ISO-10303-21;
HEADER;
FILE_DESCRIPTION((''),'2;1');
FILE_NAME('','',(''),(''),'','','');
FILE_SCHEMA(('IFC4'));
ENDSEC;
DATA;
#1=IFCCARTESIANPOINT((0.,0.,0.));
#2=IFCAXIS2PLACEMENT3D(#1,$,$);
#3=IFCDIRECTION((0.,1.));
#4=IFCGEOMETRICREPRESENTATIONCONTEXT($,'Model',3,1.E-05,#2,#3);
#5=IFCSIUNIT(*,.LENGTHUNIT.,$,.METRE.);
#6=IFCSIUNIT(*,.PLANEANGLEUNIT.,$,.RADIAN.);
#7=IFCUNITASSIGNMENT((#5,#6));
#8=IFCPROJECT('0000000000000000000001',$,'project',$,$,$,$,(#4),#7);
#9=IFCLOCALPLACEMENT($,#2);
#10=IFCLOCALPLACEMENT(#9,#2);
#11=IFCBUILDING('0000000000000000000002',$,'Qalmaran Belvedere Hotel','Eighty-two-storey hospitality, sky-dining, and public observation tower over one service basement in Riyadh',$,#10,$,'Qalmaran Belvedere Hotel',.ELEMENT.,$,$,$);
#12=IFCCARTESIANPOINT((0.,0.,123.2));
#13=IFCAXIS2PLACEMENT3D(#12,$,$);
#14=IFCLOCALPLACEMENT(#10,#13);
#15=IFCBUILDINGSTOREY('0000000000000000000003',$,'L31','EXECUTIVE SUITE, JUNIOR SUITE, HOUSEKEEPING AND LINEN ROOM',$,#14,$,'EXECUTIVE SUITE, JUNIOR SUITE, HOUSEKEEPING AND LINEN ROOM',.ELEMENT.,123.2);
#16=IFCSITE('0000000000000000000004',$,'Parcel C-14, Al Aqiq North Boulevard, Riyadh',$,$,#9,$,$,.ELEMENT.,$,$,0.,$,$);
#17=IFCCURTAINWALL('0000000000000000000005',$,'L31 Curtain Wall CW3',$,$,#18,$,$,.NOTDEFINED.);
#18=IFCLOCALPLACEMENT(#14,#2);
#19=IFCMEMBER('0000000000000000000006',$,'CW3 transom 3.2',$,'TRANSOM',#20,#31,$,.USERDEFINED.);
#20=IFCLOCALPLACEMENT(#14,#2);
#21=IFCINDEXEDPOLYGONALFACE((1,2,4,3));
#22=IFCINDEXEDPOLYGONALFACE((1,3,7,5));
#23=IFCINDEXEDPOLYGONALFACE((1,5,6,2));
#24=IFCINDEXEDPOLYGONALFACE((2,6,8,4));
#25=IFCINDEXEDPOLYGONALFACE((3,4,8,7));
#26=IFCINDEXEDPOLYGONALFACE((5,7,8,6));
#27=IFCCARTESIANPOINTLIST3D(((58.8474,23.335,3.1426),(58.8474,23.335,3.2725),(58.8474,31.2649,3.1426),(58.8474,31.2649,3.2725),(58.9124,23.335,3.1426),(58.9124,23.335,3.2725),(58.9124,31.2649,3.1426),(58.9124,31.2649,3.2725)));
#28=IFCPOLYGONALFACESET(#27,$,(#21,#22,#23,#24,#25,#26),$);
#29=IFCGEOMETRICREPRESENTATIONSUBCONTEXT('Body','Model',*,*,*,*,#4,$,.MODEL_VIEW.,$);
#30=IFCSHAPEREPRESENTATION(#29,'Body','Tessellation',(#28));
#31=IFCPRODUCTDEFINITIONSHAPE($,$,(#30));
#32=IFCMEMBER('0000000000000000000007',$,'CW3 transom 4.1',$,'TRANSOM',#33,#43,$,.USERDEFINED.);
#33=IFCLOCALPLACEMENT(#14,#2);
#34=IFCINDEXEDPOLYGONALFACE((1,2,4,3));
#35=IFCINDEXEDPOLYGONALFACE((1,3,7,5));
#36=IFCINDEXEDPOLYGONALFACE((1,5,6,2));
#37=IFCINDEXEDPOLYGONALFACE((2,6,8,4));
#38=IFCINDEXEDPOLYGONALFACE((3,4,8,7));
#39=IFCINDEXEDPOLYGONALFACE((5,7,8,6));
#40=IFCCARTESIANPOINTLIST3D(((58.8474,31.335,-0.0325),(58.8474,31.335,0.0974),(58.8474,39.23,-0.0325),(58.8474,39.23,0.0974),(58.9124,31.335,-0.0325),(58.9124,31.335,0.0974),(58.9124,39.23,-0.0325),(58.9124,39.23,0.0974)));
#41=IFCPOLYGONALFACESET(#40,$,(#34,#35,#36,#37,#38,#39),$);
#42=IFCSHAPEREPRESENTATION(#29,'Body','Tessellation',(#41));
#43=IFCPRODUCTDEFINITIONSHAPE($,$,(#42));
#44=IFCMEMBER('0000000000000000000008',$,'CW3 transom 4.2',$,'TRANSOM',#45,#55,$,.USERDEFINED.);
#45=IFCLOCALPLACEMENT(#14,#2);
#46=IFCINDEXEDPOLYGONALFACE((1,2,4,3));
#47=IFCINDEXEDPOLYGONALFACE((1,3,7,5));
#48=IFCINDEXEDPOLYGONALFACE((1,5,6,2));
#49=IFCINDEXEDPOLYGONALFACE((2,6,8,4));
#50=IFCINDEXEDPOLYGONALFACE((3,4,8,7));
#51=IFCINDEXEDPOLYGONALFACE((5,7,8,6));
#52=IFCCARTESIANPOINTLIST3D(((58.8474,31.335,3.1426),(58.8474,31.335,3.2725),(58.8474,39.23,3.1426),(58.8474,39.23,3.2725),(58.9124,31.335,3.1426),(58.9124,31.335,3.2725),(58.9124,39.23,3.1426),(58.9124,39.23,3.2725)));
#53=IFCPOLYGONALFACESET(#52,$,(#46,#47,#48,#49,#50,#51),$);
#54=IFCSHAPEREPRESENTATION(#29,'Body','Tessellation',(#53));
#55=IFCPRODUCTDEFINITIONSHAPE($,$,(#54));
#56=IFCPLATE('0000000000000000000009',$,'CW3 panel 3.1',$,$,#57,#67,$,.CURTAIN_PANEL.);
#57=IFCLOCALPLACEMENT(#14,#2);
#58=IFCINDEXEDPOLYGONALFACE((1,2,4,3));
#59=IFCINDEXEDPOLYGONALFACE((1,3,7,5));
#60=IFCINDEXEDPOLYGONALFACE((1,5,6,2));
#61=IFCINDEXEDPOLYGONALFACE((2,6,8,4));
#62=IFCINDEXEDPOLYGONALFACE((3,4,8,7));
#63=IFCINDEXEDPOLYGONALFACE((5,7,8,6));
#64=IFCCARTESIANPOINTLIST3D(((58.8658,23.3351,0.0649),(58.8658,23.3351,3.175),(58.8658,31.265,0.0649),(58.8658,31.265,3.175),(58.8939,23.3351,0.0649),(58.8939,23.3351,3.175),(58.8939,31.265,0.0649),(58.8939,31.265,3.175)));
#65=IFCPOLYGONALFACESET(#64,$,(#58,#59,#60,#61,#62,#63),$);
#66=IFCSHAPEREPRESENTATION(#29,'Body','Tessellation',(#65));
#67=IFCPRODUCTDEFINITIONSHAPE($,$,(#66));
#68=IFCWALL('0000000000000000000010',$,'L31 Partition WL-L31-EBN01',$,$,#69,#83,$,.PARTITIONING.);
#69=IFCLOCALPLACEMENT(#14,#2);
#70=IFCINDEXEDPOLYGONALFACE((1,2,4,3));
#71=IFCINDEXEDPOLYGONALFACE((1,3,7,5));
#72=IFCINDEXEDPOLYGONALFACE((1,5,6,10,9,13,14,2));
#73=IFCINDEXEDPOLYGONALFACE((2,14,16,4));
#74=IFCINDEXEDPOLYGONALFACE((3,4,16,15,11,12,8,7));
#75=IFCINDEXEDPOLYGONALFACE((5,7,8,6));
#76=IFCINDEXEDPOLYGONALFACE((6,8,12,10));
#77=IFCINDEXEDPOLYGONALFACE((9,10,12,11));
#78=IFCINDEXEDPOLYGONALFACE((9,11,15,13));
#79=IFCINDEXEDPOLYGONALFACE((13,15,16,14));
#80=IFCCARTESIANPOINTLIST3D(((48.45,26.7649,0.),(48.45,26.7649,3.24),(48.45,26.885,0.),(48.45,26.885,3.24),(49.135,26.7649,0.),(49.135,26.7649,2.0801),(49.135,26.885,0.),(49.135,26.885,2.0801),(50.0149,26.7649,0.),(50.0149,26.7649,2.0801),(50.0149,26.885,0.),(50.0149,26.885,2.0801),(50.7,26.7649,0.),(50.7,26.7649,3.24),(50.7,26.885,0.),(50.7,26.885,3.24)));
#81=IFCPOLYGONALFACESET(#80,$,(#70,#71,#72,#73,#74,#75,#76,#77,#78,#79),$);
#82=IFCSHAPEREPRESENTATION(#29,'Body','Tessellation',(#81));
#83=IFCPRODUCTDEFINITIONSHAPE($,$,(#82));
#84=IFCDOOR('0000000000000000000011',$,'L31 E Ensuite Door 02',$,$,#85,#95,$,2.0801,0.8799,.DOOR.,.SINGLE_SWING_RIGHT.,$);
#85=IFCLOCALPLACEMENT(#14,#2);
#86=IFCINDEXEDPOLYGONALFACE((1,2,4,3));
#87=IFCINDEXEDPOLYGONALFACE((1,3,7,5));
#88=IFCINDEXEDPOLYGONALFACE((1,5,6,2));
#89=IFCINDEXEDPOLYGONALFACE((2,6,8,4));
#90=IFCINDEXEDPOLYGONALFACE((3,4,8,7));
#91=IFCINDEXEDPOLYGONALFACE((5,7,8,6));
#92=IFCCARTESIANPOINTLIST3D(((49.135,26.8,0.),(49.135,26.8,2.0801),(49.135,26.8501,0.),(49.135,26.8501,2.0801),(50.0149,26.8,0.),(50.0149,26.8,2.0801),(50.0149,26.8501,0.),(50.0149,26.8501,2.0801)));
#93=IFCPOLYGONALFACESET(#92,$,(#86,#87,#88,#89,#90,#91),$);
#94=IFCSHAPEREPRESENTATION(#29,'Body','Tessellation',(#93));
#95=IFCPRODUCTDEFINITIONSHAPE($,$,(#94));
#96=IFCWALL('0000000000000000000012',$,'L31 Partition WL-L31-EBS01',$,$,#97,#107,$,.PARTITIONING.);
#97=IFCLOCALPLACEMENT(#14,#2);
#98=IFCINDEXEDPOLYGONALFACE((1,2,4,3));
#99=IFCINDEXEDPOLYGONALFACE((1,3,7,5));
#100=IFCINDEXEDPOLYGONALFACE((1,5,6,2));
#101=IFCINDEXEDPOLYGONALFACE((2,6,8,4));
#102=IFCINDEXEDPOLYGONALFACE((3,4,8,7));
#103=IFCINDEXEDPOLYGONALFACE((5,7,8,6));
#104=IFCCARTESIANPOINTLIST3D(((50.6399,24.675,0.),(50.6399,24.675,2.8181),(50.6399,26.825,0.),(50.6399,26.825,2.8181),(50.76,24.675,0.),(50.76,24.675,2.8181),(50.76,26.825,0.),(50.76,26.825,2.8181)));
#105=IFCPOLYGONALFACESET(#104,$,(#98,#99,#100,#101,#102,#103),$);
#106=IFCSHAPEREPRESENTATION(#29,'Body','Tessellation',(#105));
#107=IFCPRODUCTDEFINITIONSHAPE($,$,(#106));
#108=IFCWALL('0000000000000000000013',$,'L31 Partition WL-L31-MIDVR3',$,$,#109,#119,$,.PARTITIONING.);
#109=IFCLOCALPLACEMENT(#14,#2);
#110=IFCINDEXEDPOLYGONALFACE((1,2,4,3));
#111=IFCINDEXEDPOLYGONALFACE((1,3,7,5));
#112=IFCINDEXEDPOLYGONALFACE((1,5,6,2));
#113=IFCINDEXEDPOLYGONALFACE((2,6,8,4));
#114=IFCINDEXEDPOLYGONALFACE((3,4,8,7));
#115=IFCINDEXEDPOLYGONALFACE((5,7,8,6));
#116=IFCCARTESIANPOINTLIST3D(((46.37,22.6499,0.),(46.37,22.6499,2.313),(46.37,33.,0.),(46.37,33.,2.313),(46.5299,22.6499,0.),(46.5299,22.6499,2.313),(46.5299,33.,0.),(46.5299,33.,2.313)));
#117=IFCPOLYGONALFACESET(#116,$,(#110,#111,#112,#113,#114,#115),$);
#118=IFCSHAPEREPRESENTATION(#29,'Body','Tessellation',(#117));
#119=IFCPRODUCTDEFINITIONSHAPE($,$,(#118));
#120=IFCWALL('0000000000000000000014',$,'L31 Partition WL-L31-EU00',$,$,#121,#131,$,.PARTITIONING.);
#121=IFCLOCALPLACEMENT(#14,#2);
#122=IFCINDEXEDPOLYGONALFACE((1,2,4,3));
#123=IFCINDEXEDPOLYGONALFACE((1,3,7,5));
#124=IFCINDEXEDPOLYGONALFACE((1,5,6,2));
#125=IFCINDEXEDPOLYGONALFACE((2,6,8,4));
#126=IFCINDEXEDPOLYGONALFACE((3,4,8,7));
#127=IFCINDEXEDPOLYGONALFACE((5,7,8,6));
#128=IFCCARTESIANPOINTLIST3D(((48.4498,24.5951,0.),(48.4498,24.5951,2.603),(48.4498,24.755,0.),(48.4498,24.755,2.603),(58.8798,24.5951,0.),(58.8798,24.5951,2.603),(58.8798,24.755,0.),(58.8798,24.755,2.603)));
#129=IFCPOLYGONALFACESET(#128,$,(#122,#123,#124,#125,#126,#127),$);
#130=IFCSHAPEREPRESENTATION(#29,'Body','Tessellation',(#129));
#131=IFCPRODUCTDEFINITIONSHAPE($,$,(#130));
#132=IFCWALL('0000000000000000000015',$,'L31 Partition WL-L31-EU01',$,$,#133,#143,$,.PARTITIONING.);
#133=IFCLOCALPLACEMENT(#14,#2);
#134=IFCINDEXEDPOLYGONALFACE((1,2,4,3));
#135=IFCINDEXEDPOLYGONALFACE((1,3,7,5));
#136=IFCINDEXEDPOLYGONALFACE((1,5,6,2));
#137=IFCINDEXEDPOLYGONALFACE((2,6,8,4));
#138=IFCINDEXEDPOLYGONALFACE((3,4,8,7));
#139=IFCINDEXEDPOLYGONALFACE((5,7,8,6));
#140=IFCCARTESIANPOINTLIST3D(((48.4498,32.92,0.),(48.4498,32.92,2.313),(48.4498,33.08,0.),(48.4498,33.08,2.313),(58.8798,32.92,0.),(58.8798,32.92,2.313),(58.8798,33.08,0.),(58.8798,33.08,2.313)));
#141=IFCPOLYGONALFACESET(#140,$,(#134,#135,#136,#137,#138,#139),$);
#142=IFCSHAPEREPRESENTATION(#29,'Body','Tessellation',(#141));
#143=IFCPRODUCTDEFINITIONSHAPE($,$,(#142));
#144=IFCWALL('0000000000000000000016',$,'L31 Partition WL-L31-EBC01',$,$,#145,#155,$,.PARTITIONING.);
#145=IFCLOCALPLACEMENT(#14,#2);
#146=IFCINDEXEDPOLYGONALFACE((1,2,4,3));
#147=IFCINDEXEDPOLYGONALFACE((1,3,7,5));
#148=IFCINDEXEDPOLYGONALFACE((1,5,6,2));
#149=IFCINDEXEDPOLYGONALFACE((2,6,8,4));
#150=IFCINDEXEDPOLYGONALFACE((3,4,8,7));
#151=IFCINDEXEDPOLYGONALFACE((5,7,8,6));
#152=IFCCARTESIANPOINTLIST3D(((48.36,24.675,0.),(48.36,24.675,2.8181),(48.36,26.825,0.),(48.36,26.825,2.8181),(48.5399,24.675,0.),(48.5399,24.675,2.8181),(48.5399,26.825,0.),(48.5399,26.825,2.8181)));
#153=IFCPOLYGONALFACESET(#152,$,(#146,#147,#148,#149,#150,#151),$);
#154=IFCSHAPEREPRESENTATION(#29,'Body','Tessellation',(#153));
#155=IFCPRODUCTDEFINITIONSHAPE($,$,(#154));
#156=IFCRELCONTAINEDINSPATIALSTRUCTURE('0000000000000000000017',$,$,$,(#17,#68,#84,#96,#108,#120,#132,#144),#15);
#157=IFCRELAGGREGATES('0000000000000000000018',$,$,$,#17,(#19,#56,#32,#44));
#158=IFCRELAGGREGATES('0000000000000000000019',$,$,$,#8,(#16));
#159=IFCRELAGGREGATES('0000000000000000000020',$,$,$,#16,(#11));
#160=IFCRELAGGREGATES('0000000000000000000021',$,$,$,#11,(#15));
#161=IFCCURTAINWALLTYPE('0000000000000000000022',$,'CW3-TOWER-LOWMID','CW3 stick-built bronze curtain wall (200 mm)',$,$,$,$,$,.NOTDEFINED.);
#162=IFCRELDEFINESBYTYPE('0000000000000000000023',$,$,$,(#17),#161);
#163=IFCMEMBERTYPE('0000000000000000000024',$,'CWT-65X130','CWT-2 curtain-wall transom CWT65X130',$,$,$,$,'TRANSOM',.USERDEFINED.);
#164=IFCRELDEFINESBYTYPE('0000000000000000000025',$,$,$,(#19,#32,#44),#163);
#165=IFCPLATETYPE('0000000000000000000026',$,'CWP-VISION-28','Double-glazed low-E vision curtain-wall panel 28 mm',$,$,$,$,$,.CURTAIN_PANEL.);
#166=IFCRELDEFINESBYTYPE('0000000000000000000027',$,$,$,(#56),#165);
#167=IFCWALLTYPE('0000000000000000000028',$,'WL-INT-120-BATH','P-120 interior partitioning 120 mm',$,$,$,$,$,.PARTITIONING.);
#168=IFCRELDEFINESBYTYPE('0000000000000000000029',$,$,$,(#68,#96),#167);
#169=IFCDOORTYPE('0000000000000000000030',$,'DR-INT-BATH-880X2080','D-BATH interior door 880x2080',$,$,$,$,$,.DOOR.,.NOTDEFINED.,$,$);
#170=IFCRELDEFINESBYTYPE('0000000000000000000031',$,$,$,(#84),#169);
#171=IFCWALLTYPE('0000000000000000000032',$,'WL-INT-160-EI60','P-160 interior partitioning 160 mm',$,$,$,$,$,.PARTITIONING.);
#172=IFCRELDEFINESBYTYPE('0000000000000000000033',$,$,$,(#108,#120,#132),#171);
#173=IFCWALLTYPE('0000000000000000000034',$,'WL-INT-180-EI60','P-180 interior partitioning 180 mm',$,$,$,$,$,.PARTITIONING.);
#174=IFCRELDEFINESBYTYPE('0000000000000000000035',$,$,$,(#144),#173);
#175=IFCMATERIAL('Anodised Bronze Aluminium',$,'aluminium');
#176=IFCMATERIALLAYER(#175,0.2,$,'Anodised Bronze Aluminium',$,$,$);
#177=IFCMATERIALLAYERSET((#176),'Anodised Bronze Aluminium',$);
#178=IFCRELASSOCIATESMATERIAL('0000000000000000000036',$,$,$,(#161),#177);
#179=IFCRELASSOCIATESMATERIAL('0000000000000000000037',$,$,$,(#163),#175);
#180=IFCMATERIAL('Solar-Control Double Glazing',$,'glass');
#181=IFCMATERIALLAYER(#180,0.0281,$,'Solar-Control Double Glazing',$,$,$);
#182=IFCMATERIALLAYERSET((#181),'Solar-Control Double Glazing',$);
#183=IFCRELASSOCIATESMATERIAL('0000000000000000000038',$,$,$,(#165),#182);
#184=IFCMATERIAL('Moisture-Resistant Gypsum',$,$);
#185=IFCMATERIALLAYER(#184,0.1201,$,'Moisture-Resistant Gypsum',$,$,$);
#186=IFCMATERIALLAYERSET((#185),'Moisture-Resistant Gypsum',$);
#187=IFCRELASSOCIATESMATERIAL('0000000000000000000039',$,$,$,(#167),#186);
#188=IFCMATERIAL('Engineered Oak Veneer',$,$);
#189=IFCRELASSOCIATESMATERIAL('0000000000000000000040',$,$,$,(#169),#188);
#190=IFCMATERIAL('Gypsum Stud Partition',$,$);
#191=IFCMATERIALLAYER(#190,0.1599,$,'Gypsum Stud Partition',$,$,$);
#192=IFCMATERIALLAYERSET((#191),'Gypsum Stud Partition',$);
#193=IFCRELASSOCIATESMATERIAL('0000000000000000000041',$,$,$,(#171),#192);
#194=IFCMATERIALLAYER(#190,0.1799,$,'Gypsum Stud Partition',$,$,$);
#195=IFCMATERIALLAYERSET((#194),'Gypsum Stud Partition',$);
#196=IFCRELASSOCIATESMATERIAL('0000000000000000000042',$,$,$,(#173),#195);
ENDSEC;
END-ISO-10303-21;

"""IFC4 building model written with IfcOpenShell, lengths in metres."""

from ifc_helpers import new_model, si_unit, direction, frame, frame_2d, origin, origin_2d, place, context, subcontext, project, spatial, rectangle, extrude, material, layer, layer_set, material_profile, profile_set, type_object, element, fill, aggregate, save


model = new_model("IFC4")

# Units and contexts
model_context = context("Model", 3, precision=1e-05, world=origin(), true_north=direction((0.0, 1.0)))
body_context = subcontext(model_context, "Body", "Model", "MODEL_VIEW")
ifc_project = project(units=[si_unit("LENGTHUNIT", "METRE"), si_unit("PLANEANGLEUNIT", "RADIAN")], contexts=[model_context])

# Site, building, storey
site_placement = place(None, origin())
site = spatial("IfcSite", under=ifc_project, at=site_placement, Name="Parcel C-14, Al Aqiq North Boulevard, Riyadh", CompositionType="ELEMENT", RefElevation=0.0)
building_placement = place(site_placement, origin())
building = spatial("IfcBuilding", under=site, at=building_placement, Name="Qalmaran Belvedere Hotel", Description="Eighty-two-storey hospitality, sky-dining, and public observation tower over one service basement in Riyadh", LongName="Qalmaran Belvedere Hotel", CompositionType="ELEMENT")
storey_placement = place(building_placement, frame((0.0, 0.0, 123.2)))
storey = spatial("IfcBuildingStorey", under=building, at=storey_placement, Name="L31", Description="EXECUTIVE SUITE, JUNIOR SUITE, HOUSEKEEPING AND LINEN ROOM", LongName="EXECUTIVE SUITE, JUNIOR SUITE, HOUSEKEEPING AND LINEN ROOM", CompositionType="ELEMENT", Elevation=123.2)

# Curtain wall, members, plate
ifc_material_1 = material(Name="Anodised Bronze Aluminium", Category="aluminium")
ifc_layer_1 = layer(ifc_material_1, 0.2, Name="Anodised Bronze Aluminium")
ifc_layer_set_1 = layer_set([ifc_layer_1], Name="Anodised Bronze Aluminium")
curtain_wall_type = type_object("IfcCurtainWallType", Name="CW3-TOWER-LOWMID", Description="CW3 stick-built bronze curtain wall (200 mm)", PredefinedType="NOTDEFINED", material=ifc_layer_set_1)
curtain_wall_placement = place(storey_placement, origin())
curtain_wall = element("IfcCurtainWall", 1, at=curtain_wall_placement, inside=storey, type_object=curtain_wall_type, Name="L31 Curtain Wall CW3", PredefinedType="NOTDEFINED")
ifc_material_profile_1 = material_profile(ifc_material_1, rectangle(XDim=0.0649, YDim=0.1299, at=origin_2d()), Name="CWT65X130")
ifc_profile_set_1 = profile_set([ifc_material_profile_1], Name="Anodised Bronze Aluminium")
member_type_1 = type_object("IfcMemberType", Name="CWT-65X130", Description="CWT-2 curtain-wall transom CWT65X130", ElementType="TRANSOM", PredefinedType="USERDEFINED", material=ifc_profile_set_1)
member_1_placement = place(storey_placement, frame((58.8799, 23.335, 3.2075), z_axis=(0.0, 1.0, 0.0), x_axis=(-1.0, 0.0, 0.0)))
member_1 = element("IfcMember", 2, at=member_1_placement, type_object=member_type_1, Name="CW3 transom 3.2", ObjectType="TRANSOM", PredefinedType="USERDEFINED", context=body_context, shape_type="SweptSolid", body=[
    extrude(rectangle(XDim=0.0649, YDim=0.1299, at=origin_2d()), origin(), (0.0, 0.0, 1.0), 7.9299),
])
member_2_placement = place(storey_placement, frame((58.8799, 31.335, 0.0325), z_axis=(0.0, 1.0, 0.0), x_axis=(-1.0, 0.0, 0.0)))
member_2 = element("IfcMember", 3, at=member_2_placement, type_object=member_type_1, Name="CW3 transom 4.1", ObjectType="TRANSOM", PredefinedType="USERDEFINED", context=body_context, shape_type="SweptSolid", body=[
    extrude(rectangle(XDim=0.0649, YDim=0.1299, at=origin_2d()), origin(), (0.0, 0.0, 1.0), 7.895),
])
member_3_placement = place(storey_placement, frame((58.8799, 31.335, 3.2075), z_axis=(0.0, 1.0, 0.0), x_axis=(-1.0, 0.0, 0.0)))
member_3 = element("IfcMember", 4, at=member_3_placement, type_object=member_type_1, Name="CW3 transom 4.2", ObjectType="TRANSOM", PredefinedType="USERDEFINED", context=body_context, shape_type="SweptSolid", body=[
    extrude(rectangle(XDim=0.0649, YDim=0.1299, at=origin_2d()), origin(), (0.0, 0.0, 1.0), 7.895),
])
ifc_material_2 = material(Name="Solar-Control Double Glazing", Category="glass")
ifc_layer_2 = layer(ifc_material_2, 0.0281, Name="Solar-Control Double Glazing")
ifc_layer_set_2 = layer_set([ifc_layer_2], Name="Solar-Control Double Glazing")
plate_type = type_object("IfcPlateType", Name="CWP-VISION-28", Description="Double-glazed low-E vision curtain-wall panel 28 mm", PredefinedType="CURTAIN_PANEL", material=ifc_layer_set_2)
plate_placement = place(storey_placement, frame((58.8799, 27.3, 0.0649), z_axis=(0.0, 0.0, 1.0), x_axis=(0.0, 1.0, 0.0)))
plate = element("IfcPlate", 5, at=plate_placement, type_object=plate_type, Name="CW3 panel 3.1", PredefinedType="CURTAIN_PANEL", context=body_context, shape_type="SweptSolid", body=[
    extrude(rectangle(XDim=7.9299, YDim=0.0281, at=origin_2d()), origin(), (0.0, 0.0, 1.0), 3.1101),
])
aggregate(curtain_wall, [member_1, plate, member_2, member_3])

# Wall, opening, door
ifc_material_3 = material(Name="Moisture-Resistant Gypsum")
ifc_layer_3 = layer(ifc_material_3, 0.1201, Name="Moisture-Resistant Gypsum")
ifc_layer_set_3 = layer_set([ifc_layer_3], Name="Moisture-Resistant Gypsum")
wall_type_1 = type_object("IfcWallType", Name="WL-INT-120-BATH", Description="P-120 interior partitioning 120 mm", PredefinedType="PARTITIONING", material=ifc_layer_set_3)
wall_1_placement = place(storey_placement, frame((48.45, 26.825, 0.0), z_axis=(0.0, 0.0, 1.0), x_axis=(1.0, 0.0, 0.0)))
wall_1 = element("IfcWall", 6, at=wall_1_placement, inside=storey, type_object=wall_type_1, Name="L31 Partition WL-L31-EBN01", PredefinedType="PARTITIONING", context=body_context, shape_type="SweptSolid", body=[
    extrude(rectangle(XDim=2.25, YDim=0.1201, at=frame_2d((1.125, 0.0))), origin(), (0.0, 0.0, 1.0), 3.24),
])
opening_1_placement = place(wall_1_placement, frame((1.5649, 0.0, 0.0), z_axis=(0.0, 0.0, 1.0), x_axis=(-1.0, 0.0, 0.0)))
opening_1 = element("IfcOpeningElement", 7, at=opening_1_placement, cuts=wall_1, PredefinedType="OPENING", context=body_context, shape_type="SweptSolid", body=[
    extrude(rectangle(XDim=0.8799, YDim=2.0801, at=frame_2d((0.4399, 1.04))), frame((0.0, 0.0701, 0.0), z_axis=(0.0, -1.0, 0.0), x_axis=(1.0, 0.0, 0.0)), (0.0, 0.0, 1.0), 0.1401),
])
ifc_material_4 = material(Name="Engineered Oak Veneer")
door_type_1 = type_object("IfcDoorType", Name="DR-INT-BATH-880X2080", Description="D-BATH interior door 880x2080", OperationType="NOTDEFINED", PredefinedType="DOOR", material=ifc_material_4)
door_1_placement = place(opening_1_placement, origin())
door_1 = element("IfcDoor", 8, at=door_1_placement, inside=storey, type_object=door_type_1, Name="L31 E Ensuite Door 02", OperationType="SINGLE_SWING_RIGHT", OverallHeight=2.0801, OverallWidth=0.8799, PredefinedType="DOOR", context=body_context, shape_type="SweptSolid", body=[
    extrude(rectangle(XDim=0.8799, YDim=2.0801, at=frame_2d((0.4399, 1.04))), frame((0.0, 0.0249, 0.0), z_axis=(0.0, -1.0, 0.0), x_axis=(1.0, 0.0, 0.0)), (0.0, 0.0, 1.0), 0.05),
])
fill(opening_1, door_1)

# Wall
wall_2_placement = place(storey_placement, frame((50.7, 24.675, 0.0), z_axis=(0.0, 0.0, 1.0), x_axis=(0.0, 1.0, 0.0)))
element("IfcWall", 9, at=wall_2_placement, inside=storey, type_object=wall_type_1, Name="L31 Partition WL-L31-EBS01", PredefinedType="PARTITIONING", context=body_context, shape_type="SweptSolid", body=[
    extrude(rectangle(XDim=2.1499, YDim=0.1201, at=frame_2d((1.075, 0.0))), origin(), (0.0, 0.0, 1.0), 2.8181),
])

# Shared definitions
ifc_material_5 = material(Name="Gypsum Stud Partition")

# Walls
ifc_layer_4 = layer(ifc_material_5, 0.1599, Name="Gypsum Stud Partition")
ifc_layer_set_4 = layer_set([ifc_layer_4], Name="Gypsum Stud Partition")
wall_type_2 = type_object("IfcWallType", Name="WL-INT-160-EI60", Description="P-160 interior partitioning 160 mm", PredefinedType="PARTITIONING", material=ifc_layer_set_4)
wall_3_placement = place(storey_placement, frame((46.45, 22.6499, 0.0), z_axis=(0.0, 0.0, 1.0), x_axis=(0.0, 1.0, 0.0)))
element("IfcWall", 10, at=wall_3_placement, inside=storey, type_object=wall_type_2, Name="L31 Partition WL-L31-MIDVR3", PredefinedType="PARTITIONING", context=body_context, shape_type="SweptSolid", body=[
    extrude(rectangle(XDim=10.3501, YDim=0.1599, at=frame_2d((5.175, 0.0))), origin(), (0.0, 0.0, 1.0), 2.313),
])
wall_4_placement = place(storey_placement, frame((48.45, 24.675, 0.0), z_axis=(0.0, 0.0, 1.0), x_axis=(1.0, 0.0, 0.0)))
element("IfcWall", 11, at=wall_4_placement, inside=storey, type_object=wall_type_2, Name="L31 Partition WL-L31-EU00", PredefinedType="PARTITIONING", context=body_context, shape_type="SweptSolid", body=[
    extrude(rectangle(XDim=10.4299, YDim=0.1599, at=frame_2d((5.2148, 0.0))), origin(), (0.0, 0.0, 1.0), 2.603),
])
wall_5_placement = place(storey_placement, frame((48.45, 33.0, 0.0), z_axis=(0.0, 0.0, 1.0), x_axis=(1.0, 0.0, 0.0)))
element("IfcWall", 12, at=wall_5_placement, inside=storey, type_object=wall_type_2, Name="L31 Partition WL-L31-EU01", PredefinedType="PARTITIONING", context=body_context, shape_type="SweptSolid", body=[
    extrude(rectangle(XDim=10.4299, YDim=0.1599, at=frame_2d((5.2148, 0.0))), origin(), (0.0, 0.0, 1.0), 2.313),
])
ifc_layer_5 = layer(ifc_material_5, 0.1799, Name="Gypsum Stud Partition")
ifc_layer_set_5 = layer_set([ifc_layer_5], Name="Gypsum Stud Partition")
wall_type_3 = type_object("IfcWallType", Name="WL-INT-180-EI60", Description="P-180 interior partitioning 180 mm", PredefinedType="PARTITIONING", material=ifc_layer_set_5)
wall_6_placement = place(storey_placement, frame((48.45, 24.675, 0.0), z_axis=(0.0, 0.0, 1.0), x_axis=(0.0, 1.0, 0.0)))
element("IfcWall", 13, at=wall_6_placement, inside=storey, type_object=wall_type_3, Name="L31 Partition WL-L31-EBC01", PredefinedType="PARTITIONING", context=body_context, shape_type="SweptSolid", body=[
    extrude(rectangle(XDim=2.1499, YDim=0.1799, at=frame_2d((1.075, 0.0))), origin(), (0.0, 0.0, 1.0), 2.8181),
])

save(model, "model.ifc")
